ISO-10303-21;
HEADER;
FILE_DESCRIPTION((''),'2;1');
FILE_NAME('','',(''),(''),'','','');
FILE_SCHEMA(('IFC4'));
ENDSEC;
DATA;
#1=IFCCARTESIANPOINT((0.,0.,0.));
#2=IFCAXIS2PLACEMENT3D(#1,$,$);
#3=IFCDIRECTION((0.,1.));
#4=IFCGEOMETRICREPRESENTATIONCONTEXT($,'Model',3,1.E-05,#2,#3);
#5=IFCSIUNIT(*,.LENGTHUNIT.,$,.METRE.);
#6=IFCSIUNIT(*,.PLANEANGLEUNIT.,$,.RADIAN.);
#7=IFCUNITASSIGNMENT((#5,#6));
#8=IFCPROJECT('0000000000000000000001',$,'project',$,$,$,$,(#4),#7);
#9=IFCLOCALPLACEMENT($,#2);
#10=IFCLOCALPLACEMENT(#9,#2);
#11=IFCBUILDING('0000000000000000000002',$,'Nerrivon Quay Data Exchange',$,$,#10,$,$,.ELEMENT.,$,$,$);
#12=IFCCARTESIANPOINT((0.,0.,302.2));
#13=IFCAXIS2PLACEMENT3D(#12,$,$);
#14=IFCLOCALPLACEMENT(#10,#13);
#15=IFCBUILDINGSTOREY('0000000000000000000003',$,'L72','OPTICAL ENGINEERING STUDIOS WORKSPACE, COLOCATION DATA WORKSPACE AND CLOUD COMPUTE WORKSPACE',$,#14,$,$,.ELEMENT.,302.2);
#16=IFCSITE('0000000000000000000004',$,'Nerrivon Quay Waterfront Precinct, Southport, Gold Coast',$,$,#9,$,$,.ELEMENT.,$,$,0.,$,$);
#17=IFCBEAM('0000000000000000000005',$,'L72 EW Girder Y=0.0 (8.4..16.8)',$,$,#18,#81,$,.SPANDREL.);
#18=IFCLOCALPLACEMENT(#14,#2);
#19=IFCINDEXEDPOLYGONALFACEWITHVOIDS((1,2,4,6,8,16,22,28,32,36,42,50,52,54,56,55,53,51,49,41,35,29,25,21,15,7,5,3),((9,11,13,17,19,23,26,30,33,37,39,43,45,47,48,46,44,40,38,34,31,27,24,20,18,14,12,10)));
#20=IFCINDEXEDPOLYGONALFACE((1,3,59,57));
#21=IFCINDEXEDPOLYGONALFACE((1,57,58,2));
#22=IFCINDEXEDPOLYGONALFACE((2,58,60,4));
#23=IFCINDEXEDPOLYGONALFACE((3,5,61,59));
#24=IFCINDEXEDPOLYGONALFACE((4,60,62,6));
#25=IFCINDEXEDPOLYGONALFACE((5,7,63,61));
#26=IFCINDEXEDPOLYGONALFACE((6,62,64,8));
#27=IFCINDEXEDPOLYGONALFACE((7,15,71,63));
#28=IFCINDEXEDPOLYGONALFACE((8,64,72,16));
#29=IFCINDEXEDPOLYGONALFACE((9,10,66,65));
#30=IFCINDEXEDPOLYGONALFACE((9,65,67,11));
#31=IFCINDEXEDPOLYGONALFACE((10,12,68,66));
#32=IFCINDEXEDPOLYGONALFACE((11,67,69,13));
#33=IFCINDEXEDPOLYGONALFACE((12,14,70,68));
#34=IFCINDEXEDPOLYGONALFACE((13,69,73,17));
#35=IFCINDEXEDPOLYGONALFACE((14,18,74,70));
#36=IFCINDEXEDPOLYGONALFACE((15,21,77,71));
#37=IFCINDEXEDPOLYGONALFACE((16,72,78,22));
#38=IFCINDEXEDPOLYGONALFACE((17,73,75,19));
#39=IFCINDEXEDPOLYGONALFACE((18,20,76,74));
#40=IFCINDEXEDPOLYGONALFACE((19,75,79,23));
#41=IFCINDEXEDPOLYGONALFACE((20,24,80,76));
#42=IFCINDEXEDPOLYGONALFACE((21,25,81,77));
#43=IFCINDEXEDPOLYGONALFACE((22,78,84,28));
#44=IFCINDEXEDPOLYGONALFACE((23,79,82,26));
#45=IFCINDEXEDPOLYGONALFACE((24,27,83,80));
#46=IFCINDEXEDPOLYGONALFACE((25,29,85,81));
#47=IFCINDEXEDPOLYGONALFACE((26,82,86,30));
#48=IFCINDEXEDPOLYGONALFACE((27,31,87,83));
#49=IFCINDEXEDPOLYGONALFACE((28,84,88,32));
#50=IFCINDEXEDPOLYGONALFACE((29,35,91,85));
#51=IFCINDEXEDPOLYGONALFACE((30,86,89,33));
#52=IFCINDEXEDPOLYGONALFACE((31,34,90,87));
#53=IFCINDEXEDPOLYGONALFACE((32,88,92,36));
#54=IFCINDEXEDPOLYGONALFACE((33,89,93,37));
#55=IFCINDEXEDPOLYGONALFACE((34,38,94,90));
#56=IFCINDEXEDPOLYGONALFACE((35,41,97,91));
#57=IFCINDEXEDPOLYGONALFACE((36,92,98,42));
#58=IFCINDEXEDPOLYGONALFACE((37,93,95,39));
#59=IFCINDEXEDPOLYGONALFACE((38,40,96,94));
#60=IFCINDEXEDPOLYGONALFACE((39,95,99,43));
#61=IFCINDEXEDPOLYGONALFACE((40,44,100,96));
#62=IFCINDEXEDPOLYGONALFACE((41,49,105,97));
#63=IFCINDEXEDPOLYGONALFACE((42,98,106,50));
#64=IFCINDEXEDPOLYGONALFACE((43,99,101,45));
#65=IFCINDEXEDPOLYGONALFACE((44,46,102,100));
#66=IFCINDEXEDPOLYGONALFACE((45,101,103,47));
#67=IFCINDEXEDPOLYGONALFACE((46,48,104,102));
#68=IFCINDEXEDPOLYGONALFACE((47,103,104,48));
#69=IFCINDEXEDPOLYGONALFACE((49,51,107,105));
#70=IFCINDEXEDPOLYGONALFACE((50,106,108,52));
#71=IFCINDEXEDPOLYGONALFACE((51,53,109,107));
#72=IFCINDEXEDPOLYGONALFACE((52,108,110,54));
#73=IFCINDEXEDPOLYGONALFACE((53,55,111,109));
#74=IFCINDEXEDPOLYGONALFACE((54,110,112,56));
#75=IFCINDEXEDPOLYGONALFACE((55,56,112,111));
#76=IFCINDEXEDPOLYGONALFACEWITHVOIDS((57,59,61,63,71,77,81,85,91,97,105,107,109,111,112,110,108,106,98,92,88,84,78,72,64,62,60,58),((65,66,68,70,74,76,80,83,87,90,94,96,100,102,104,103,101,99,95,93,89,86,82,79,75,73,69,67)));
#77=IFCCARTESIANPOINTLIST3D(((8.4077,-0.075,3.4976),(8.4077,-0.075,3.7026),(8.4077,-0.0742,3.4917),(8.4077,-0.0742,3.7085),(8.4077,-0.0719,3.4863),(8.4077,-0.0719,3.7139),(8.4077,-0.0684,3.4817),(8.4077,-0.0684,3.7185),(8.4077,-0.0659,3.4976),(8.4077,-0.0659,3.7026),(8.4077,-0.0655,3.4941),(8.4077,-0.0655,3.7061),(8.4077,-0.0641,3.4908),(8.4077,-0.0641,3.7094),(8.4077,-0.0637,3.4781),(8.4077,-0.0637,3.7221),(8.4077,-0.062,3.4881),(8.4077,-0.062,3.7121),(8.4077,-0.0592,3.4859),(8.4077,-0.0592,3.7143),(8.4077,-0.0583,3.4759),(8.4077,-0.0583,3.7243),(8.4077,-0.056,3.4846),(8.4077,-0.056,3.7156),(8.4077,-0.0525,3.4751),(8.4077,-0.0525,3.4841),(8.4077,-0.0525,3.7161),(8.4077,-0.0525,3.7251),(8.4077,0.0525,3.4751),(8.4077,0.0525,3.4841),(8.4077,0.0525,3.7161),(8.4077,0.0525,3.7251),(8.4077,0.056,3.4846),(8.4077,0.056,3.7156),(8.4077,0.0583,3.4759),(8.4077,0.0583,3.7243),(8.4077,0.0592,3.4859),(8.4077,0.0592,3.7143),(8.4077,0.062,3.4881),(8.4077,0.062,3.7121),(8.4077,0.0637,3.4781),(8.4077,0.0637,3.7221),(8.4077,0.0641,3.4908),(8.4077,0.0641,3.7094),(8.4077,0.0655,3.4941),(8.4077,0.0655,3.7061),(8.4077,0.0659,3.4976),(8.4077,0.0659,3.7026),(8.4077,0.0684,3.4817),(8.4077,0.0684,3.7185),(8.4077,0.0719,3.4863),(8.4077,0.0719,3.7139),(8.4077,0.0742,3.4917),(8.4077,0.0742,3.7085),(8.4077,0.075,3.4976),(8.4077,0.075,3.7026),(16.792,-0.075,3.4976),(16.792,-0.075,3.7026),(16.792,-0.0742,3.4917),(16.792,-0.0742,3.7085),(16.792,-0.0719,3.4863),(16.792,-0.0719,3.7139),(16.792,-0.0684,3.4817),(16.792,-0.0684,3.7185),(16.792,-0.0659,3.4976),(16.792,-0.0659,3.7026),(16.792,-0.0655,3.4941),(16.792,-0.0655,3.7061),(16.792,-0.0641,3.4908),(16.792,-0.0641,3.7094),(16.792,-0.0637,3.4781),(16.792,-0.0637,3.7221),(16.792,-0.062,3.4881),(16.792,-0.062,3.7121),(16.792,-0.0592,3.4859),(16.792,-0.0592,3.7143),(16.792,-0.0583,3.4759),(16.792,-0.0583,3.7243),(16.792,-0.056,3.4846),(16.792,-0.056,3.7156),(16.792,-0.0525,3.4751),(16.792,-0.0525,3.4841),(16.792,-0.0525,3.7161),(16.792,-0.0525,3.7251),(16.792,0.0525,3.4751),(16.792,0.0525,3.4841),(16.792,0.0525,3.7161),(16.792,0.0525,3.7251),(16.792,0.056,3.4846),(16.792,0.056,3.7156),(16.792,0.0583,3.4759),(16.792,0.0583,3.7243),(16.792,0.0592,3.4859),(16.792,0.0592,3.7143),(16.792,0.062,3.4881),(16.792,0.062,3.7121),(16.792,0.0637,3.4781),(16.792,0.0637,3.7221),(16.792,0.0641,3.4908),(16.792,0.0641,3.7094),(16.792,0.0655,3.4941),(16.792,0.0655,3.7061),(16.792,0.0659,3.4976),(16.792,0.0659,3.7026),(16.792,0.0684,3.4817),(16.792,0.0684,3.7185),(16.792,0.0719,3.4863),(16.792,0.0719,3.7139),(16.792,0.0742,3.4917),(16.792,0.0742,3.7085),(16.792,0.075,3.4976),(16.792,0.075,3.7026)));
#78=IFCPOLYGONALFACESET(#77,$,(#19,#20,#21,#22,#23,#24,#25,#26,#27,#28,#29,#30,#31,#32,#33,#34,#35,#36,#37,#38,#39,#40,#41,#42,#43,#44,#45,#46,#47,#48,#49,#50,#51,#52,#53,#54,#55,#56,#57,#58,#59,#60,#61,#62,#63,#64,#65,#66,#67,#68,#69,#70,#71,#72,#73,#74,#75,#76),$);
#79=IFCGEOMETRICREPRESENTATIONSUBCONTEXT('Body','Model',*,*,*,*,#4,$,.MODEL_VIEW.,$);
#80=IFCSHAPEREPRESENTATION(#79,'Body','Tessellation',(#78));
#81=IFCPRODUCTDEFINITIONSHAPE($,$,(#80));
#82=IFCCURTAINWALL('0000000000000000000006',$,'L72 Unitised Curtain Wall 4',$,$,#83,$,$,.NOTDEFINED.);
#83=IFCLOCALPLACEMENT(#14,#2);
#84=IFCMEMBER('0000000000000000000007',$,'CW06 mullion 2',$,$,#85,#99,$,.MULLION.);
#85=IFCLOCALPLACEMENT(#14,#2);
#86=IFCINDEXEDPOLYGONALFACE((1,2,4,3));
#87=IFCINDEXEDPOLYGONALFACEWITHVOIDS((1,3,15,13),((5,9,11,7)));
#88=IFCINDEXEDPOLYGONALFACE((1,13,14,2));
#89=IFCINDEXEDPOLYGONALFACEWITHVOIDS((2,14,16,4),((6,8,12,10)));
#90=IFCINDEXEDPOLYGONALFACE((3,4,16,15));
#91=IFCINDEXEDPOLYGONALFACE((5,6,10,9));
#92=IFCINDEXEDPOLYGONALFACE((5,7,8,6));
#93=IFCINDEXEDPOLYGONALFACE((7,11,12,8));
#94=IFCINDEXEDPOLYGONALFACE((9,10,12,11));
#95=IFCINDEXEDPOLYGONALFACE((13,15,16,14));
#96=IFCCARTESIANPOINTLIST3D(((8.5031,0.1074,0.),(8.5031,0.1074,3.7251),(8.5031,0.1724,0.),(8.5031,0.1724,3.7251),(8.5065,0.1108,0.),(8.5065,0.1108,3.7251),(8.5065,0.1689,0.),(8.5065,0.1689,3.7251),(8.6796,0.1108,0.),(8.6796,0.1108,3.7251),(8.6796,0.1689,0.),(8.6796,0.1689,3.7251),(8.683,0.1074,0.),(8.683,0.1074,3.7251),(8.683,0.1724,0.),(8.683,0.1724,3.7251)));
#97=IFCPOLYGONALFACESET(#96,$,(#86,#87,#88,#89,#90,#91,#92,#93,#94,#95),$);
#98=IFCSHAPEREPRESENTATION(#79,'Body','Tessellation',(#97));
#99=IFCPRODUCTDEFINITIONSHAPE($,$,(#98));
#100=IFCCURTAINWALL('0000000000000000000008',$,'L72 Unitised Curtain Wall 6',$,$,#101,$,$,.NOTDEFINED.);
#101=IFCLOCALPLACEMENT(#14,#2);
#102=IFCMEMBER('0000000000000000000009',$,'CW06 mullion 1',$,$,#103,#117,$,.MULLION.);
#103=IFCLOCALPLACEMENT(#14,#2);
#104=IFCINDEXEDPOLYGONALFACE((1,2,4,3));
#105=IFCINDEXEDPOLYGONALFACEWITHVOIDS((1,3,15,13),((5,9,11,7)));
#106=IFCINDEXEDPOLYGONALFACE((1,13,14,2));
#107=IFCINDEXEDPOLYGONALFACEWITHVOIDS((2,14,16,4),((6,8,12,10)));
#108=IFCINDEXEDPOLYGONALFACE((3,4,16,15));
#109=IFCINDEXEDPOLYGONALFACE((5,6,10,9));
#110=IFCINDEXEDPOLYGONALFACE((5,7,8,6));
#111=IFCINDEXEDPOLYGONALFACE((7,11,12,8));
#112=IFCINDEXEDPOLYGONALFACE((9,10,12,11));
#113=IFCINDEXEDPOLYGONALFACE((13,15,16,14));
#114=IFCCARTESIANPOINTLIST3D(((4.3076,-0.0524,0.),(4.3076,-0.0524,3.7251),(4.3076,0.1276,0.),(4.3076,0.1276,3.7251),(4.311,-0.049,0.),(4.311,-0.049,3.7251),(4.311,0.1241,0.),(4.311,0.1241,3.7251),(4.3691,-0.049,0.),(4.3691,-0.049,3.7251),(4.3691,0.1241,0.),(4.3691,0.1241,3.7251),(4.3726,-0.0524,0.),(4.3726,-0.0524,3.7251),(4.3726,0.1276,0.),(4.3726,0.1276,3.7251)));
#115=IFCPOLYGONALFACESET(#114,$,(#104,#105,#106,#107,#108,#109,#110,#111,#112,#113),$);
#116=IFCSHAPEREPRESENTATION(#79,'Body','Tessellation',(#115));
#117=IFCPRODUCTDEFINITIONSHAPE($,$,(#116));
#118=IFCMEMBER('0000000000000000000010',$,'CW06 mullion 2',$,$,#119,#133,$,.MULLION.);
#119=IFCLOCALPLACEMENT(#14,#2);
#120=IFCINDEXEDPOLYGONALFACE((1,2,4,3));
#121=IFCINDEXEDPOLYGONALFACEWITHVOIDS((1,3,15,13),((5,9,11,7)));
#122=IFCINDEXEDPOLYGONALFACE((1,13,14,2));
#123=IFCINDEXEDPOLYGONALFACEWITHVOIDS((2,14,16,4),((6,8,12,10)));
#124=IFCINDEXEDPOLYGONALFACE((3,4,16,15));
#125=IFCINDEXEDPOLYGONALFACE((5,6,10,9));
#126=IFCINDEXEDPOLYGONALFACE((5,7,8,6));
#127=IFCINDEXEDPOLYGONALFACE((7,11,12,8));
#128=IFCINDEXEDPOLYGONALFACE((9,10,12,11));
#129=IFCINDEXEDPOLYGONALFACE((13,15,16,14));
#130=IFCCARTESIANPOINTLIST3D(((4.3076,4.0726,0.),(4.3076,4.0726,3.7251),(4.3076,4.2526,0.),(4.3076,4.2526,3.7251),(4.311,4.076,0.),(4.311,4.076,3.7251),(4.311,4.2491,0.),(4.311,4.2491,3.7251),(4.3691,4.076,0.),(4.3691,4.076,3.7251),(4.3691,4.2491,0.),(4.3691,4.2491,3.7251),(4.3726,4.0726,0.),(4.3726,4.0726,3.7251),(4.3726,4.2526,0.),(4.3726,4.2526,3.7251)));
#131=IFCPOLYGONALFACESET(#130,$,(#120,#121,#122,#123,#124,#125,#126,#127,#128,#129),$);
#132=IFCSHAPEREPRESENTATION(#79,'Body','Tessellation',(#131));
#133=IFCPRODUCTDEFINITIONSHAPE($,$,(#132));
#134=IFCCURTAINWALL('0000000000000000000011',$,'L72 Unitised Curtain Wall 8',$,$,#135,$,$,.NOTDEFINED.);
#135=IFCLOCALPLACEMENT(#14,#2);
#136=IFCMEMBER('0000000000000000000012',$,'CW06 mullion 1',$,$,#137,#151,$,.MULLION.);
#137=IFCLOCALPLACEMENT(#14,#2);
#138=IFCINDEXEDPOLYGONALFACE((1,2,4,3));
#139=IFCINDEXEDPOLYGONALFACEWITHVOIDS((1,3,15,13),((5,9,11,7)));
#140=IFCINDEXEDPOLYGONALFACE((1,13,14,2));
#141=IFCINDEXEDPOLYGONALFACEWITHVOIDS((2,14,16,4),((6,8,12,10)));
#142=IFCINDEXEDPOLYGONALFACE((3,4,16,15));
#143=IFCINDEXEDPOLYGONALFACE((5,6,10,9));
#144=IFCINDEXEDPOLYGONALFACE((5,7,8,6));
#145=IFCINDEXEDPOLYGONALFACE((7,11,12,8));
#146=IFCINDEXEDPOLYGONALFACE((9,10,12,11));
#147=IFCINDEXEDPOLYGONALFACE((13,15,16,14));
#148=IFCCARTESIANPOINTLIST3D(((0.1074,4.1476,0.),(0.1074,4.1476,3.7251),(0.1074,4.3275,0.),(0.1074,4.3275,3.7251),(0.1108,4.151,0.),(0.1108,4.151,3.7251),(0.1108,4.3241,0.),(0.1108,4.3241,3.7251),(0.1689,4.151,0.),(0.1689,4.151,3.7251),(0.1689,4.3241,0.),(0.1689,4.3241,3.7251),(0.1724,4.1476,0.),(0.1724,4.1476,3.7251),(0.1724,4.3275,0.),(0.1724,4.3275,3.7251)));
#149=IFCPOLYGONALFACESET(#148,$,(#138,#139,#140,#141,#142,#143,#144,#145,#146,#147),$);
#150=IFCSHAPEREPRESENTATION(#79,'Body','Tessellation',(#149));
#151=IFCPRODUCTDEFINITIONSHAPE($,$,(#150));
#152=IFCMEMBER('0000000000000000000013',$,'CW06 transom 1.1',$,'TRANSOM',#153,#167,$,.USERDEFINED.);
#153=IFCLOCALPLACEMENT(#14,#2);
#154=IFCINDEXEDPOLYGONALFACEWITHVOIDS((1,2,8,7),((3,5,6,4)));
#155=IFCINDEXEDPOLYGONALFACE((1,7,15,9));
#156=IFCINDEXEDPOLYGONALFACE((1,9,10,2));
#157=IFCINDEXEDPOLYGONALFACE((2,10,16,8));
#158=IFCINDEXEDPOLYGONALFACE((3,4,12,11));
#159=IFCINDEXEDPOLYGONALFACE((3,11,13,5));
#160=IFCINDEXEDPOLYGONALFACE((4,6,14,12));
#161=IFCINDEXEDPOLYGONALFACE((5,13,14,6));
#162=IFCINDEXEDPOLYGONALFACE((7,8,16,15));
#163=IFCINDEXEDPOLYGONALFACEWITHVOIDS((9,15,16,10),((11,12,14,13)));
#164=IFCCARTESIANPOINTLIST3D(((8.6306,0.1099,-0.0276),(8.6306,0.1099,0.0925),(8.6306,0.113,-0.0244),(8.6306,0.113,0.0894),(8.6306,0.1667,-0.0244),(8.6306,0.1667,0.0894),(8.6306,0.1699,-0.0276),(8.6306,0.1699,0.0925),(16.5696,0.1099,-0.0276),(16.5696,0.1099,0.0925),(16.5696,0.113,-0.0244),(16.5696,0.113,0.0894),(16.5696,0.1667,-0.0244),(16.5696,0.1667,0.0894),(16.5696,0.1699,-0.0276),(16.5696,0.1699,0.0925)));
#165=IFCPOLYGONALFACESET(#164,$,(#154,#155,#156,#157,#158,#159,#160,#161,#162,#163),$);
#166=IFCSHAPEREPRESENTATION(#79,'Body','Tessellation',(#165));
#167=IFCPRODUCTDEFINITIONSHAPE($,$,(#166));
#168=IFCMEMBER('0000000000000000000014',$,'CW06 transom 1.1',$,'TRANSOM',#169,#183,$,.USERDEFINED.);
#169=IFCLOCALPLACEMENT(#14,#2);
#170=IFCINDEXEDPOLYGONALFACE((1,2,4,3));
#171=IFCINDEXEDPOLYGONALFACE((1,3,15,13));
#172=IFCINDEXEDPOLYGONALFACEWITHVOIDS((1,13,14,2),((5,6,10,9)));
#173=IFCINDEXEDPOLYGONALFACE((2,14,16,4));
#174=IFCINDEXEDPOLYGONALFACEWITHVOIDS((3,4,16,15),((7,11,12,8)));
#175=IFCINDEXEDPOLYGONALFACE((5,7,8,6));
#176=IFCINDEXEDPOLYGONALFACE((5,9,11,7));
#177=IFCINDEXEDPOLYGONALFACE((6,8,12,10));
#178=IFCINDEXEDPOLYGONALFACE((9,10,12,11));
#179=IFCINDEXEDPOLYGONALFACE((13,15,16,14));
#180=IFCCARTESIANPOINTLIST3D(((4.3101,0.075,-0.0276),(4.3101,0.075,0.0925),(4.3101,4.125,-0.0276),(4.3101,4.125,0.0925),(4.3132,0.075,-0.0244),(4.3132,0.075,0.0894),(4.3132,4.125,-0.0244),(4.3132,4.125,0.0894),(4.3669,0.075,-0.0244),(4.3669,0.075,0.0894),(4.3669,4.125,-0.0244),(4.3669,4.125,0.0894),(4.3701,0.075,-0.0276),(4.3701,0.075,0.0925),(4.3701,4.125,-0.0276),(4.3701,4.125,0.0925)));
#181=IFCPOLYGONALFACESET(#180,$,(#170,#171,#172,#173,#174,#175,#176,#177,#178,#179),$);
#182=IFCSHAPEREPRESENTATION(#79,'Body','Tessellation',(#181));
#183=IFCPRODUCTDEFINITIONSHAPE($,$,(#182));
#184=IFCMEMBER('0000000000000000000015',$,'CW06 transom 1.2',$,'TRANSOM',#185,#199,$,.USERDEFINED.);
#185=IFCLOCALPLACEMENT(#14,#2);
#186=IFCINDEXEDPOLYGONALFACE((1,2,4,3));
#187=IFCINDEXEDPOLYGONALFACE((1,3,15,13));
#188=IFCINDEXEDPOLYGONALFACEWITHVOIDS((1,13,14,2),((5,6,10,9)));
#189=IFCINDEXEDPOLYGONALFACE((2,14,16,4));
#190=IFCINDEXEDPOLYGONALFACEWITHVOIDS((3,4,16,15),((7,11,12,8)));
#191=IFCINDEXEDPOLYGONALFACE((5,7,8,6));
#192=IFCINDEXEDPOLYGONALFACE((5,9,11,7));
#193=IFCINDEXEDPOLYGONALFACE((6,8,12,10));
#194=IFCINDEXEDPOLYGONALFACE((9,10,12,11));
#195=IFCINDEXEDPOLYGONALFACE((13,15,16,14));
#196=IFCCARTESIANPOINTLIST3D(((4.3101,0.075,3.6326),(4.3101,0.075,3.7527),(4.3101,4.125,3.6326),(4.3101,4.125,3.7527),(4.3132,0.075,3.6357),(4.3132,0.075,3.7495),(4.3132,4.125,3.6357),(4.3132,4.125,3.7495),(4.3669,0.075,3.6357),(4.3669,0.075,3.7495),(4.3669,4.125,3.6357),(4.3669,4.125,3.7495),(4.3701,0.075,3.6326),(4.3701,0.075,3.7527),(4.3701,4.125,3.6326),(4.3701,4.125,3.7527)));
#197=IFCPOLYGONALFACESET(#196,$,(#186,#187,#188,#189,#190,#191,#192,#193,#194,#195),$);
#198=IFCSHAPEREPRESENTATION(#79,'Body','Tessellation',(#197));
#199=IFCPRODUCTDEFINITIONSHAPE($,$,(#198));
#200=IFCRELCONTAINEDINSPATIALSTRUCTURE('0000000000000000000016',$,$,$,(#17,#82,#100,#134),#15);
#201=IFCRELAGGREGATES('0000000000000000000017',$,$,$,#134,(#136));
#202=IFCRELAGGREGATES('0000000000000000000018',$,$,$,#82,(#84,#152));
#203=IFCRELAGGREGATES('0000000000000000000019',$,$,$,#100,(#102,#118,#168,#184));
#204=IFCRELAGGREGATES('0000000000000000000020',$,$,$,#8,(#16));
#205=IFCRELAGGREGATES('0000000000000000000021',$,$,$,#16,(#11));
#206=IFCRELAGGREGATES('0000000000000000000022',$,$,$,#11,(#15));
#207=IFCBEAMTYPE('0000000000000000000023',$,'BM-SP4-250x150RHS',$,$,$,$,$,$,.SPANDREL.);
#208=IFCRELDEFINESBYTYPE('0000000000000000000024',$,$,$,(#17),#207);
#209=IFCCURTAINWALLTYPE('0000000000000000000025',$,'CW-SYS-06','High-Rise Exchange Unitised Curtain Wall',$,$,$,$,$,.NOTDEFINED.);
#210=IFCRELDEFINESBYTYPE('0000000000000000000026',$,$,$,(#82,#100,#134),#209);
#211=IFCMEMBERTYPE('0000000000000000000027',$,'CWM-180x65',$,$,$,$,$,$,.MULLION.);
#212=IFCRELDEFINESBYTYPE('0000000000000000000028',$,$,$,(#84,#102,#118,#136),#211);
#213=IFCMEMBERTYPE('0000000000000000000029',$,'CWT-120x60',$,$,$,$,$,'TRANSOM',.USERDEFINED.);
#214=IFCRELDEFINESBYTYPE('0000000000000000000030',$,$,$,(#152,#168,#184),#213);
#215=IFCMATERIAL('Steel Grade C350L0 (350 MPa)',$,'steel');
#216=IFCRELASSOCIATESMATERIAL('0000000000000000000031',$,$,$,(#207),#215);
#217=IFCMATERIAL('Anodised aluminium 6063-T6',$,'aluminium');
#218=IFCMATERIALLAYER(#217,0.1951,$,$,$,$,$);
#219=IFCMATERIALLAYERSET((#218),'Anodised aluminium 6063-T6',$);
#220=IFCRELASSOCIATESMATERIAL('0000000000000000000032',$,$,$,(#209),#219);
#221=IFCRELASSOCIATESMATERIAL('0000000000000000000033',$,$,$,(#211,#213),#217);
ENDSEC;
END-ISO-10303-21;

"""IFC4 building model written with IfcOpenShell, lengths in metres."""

from ifc_helpers import new_model, si_unit, direction, frame, origin, origin_2d, place, context, subcontext, project, spatial, hollow_rectangle, extrude, material, layer, layer_set, material_profile, profile_set, type_object, element, aggregate, save


model = new_model("IFC4")

# Units and contexts
model_context = context("Model", 3, precision=1e-05, world=origin(), true_north=direction((0.0, 1.0)))
body_context = subcontext(model_context, "Body", "Model", "MODEL_VIEW")
ifc_project = project(units=[si_unit("LENGTHUNIT", "METRE"), si_unit("PLANEANGLEUNIT", "RADIAN")], contexts=[model_context])

# Site, building, storey
site_placement = place(None, origin())
site = spatial("IfcSite", under=ifc_project, at=site_placement, Name="Nerrivon Quay Waterfront Precinct, Southport, Gold Coast", CompositionType="ELEMENT", RefElevation=0.0)
building_placement = place(site_placement, origin())
building = spatial("IfcBuilding", under=site, at=building_placement, Name="Nerrivon Quay Data Exchange", CompositionType="ELEMENT")
storey_placement = place(building_placement, frame((0.0, 0.0, 302.2)))
storey = spatial("IfcBuildingStorey", under=building, at=storey_placement, Name="L72", Description="OPTICAL ENGINEERING STUDIOS WORKSPACE, COLOCATION DATA WORKSPACE AND CLOUD COMPUTE WORKSPACE", CompositionType="ELEMENT", Elevation=302.2)

# Beam
ifc_material_1 = material(Name="Steel Grade C350L0 (350 MPa)", Category="steel")
ifc_material_profile_1 = material_profile(ifc_material_1, hollow_rectangle(XDim=0.1499, YDim=0.25, WallThickness=0.009, InnerFilletRadius=0.0134, OuterFilletRadius=0.0225, at=origin_2d()), Name="250x150x9.0RHS")
ifc_profile_set_1 = profile_set([ifc_material_profile_1], Name="Steel Grade C350L0 (350 MPa)")
beam_type_1 = type_object("IfcBeamType", Name="BM-SP4-250x150RHS", PredefinedType="SPANDREL", material=ifc_profile_set_1)
beam_1_placement = place(storey_placement, frame((8.4077, 0.0, 3.6001), z_axis=(1.0, 0.0, 0.0), x_axis=(0.0, 1.0, 0.0)))
element("IfcBeam", 1, at=beam_1_placement, inside=storey, type_object=beam_type_1, Name="L72 EW Girder Y=0.0 (8.4..16.8)", PredefinedType="SPANDREL", context=body_context, shape_type="SweptSolid", body=[
    extrude(hollow_rectangle(XDim=0.1499, YDim=0.25, WallThickness=0.009, InnerFilletRadius=0.0134, OuterFilletRadius=0.0225, at=origin_2d()), origin(), (0.0, 0.0, 1.0), 8.3843),
])

# Curtain wall, member
ifc_material_2 = material(Name="Anodised aluminium 6063-T6", Category="aluminium")
ifc_layer_1 = layer(ifc_material_2, 0.1951)
ifc_layer_set_1 = layer_set([ifc_layer_1], Name="Anodised aluminium 6063-T6")
curtain_wall_type = type_object("IfcCurtainWallType", Name="CW-SYS-06", Description="High-Rise Exchange Unitised Curtain Wall", PredefinedType="NOTDEFINED", material=ifc_layer_set_1)
curtain_wall_1_placement = place(storey_placement, origin())
curtain_wall_1 = element("IfcCurtainWall", 2, at=curtain_wall_1_placement, inside=storey, type_object=curtain_wall_type, Name="L72 Unitised Curtain Wall 4", PredefinedType="NOTDEFINED")
ifc_material_profile_2 = material_profile(ifc_material_2, hollow_rectangle(XDim=0.0649, YDim=0.1799, WallThickness=0.0034, at=origin_2d()), Name="ALU-MULL-180x65")
ifc_profile_set_2 = profile_set([ifc_material_profile_2], Name="Anodised aluminium 6063-T6")
member_type_1 = type_object("IfcMemberType", Name="CWM-180x65", PredefinedType="MULLION", material=ifc_profile_set_2)
member_1_placement = place(storey_placement, frame((8.593, 0.1399, 0.0), z_axis=(0.0, 0.0, 1.0), x_axis=(0.0, -1.0, 0.0)))
member_1 = element("IfcMember", 3, at=member_1_placement, type_object=member_type_1, Name="CW06 mullion 2", PredefinedType="MULLION", context=body_context, shape_type="SweptSolid", body=[
    extrude(hollow_rectangle(XDim=0.0649, YDim=0.1799, WallThickness=0.0034, at=origin_2d()), origin(), (0.0, 0.0, 1.0), 3.7251),
])

# Curtain wall, members
curtain_wall_2_placement = place(storey_placement, origin())
curtain_wall_2 = element("IfcCurtainWall", 4, at=curtain_wall_2_placement, inside=storey, type_object=curtain_wall_type, Name="L72 Unitised Curtain Wall 6", PredefinedType="NOTDEFINED")
member_2_placement = place(storey_placement, frame((4.3401, 0.0376, 0.0), z_axis=(0.0, 0.0, 1.0), x_axis=(-1.0, 0.0, 0.0)))
member_2 = element("IfcMember", 5, at=member_2_placement, type_object=member_type_1, Name="CW06 mullion 1", PredefinedType="MULLION", context=body_context, shape_type="SweptSolid", body=[
    extrude(hollow_rectangle(XDim=0.0649, YDim=0.1799, WallThickness=0.0034, at=origin_2d()), origin(), (0.0, 0.0, 1.0), 3.7251),
])
member_3_placement = place(storey_placement, frame((4.3401, 4.1626, 0.0), z_axis=(0.0, 0.0, 1.0), x_axis=(-1.0, 0.0, 0.0)))
member_3 = element("IfcMember", 6, at=member_3_placement, type_object=member_type_1, Name="CW06 mullion 2", PredefinedType="MULLION", context=body_context, shape_type="SweptSolid", body=[
    extrude(hollow_rectangle(XDim=0.0649, YDim=0.1799, WallThickness=0.0034, at=origin_2d()), origin(), (0.0, 0.0, 1.0), 3.7251),
])

# Curtain wall, member
curtain_wall_3_placement = place(storey_placement, origin())
curtain_wall_3 = element("IfcCurtainWall", 7, at=curtain_wall_3_placement, inside=storey, type_object=curtain_wall_type, Name="L72 Unitised Curtain Wall 8", PredefinedType="NOTDEFINED")
member_4_placement = place(storey_placement, frame((0.1399, 4.2375, 0.0), z_axis=(0.0, 0.0, 1.0), x_axis=(-1.0, 0.0, 0.0)))
member_4 = element("IfcMember", 8, at=member_4_placement, type_object=member_type_1, Name="CW06 mullion 1", PredefinedType="MULLION", context=body_context, shape_type="SweptSolid", body=[
    extrude(hollow_rectangle(XDim=0.0649, YDim=0.1799, WallThickness=0.0034, at=origin_2d()), origin(), (0.0, 0.0, 1.0), 3.7251),
])
aggregate(curtain_wall_3, [member_4])

# Members
ifc_material_profile_3 = material_profile(ifc_material_2, hollow_rectangle(XDim=0.0601, YDim=0.1201, WallThickness=0.0032, at=origin_2d()), Name="ALU-TRAN-120x60")
ifc_profile_set_3 = profile_set([ifc_material_profile_3], Name="Anodised aluminium 6063-T6")
member_type_2 = type_object("IfcMemberType", Name="CWT-120x60", ElementType="TRANSOM", PredefinedType="USERDEFINED", material=ifc_profile_set_3)
member_5_placement = place(storey_placement, frame((16.5696, 0.1399, 0.0325), z_axis=(-1.0, 0.0, 0.0), x_axis=(0.0, -1.0, 0.0)))
member_5 = element("IfcMember", 9, at=member_5_placement, type_object=member_type_2, Name="CW06 transom 1.1", ObjectType="TRANSOM", PredefinedType="USERDEFINED", context=body_context, shape_type="SweptSolid", body=[
    extrude(hollow_rectangle(XDim=0.0601, YDim=0.1201, WallThickness=0.0032, at=origin_2d()), origin(), (0.0, 0.0, 1.0), 7.939),
])
member_6_placement = place(storey_placement, frame((4.3401, 0.075, 0.0325), z_axis=(0.0, 1.0, 0.0), x_axis=(-1.0, 0.0, 0.0)))
member_6 = element("IfcMember", 10, at=member_6_placement, type_object=member_type_2, Name="CW06 transom 1.1", ObjectType="TRANSOM", PredefinedType="USERDEFINED", context=body_context, shape_type="SweptSolid", body=[
    extrude(hollow_rectangle(XDim=0.0601, YDim=0.1201, WallThickness=0.0032, at=origin_2d()), origin(), (0.0, 0.0, 1.0), 4.05),
])
member_7_placement = place(storey_placement, frame((4.3401, 0.075, 3.6926), z_axis=(0.0, 1.0, 0.0), x_axis=(-1.0, 0.0, 0.0)))
member_7 = element("IfcMember", 11, at=member_7_placement, type_object=member_type_2, Name="CW06 transom 1.2", ObjectType="TRANSOM", PredefinedType="USERDEFINED", context=body_context, shape_type="SweptSolid", body=[
    extrude(hollow_rectangle(XDim=0.0601, YDim=0.1201, WallThickness=0.0032, at=origin_2d()), origin(), (0.0, 0.0, 1.0), 4.05),
])

aggregate(curtain_wall_1, [member_1, member_5])
aggregate(curtain_wall_2, [member_2, member_3, member_6, member_7])

save(model, "model.ifc")
